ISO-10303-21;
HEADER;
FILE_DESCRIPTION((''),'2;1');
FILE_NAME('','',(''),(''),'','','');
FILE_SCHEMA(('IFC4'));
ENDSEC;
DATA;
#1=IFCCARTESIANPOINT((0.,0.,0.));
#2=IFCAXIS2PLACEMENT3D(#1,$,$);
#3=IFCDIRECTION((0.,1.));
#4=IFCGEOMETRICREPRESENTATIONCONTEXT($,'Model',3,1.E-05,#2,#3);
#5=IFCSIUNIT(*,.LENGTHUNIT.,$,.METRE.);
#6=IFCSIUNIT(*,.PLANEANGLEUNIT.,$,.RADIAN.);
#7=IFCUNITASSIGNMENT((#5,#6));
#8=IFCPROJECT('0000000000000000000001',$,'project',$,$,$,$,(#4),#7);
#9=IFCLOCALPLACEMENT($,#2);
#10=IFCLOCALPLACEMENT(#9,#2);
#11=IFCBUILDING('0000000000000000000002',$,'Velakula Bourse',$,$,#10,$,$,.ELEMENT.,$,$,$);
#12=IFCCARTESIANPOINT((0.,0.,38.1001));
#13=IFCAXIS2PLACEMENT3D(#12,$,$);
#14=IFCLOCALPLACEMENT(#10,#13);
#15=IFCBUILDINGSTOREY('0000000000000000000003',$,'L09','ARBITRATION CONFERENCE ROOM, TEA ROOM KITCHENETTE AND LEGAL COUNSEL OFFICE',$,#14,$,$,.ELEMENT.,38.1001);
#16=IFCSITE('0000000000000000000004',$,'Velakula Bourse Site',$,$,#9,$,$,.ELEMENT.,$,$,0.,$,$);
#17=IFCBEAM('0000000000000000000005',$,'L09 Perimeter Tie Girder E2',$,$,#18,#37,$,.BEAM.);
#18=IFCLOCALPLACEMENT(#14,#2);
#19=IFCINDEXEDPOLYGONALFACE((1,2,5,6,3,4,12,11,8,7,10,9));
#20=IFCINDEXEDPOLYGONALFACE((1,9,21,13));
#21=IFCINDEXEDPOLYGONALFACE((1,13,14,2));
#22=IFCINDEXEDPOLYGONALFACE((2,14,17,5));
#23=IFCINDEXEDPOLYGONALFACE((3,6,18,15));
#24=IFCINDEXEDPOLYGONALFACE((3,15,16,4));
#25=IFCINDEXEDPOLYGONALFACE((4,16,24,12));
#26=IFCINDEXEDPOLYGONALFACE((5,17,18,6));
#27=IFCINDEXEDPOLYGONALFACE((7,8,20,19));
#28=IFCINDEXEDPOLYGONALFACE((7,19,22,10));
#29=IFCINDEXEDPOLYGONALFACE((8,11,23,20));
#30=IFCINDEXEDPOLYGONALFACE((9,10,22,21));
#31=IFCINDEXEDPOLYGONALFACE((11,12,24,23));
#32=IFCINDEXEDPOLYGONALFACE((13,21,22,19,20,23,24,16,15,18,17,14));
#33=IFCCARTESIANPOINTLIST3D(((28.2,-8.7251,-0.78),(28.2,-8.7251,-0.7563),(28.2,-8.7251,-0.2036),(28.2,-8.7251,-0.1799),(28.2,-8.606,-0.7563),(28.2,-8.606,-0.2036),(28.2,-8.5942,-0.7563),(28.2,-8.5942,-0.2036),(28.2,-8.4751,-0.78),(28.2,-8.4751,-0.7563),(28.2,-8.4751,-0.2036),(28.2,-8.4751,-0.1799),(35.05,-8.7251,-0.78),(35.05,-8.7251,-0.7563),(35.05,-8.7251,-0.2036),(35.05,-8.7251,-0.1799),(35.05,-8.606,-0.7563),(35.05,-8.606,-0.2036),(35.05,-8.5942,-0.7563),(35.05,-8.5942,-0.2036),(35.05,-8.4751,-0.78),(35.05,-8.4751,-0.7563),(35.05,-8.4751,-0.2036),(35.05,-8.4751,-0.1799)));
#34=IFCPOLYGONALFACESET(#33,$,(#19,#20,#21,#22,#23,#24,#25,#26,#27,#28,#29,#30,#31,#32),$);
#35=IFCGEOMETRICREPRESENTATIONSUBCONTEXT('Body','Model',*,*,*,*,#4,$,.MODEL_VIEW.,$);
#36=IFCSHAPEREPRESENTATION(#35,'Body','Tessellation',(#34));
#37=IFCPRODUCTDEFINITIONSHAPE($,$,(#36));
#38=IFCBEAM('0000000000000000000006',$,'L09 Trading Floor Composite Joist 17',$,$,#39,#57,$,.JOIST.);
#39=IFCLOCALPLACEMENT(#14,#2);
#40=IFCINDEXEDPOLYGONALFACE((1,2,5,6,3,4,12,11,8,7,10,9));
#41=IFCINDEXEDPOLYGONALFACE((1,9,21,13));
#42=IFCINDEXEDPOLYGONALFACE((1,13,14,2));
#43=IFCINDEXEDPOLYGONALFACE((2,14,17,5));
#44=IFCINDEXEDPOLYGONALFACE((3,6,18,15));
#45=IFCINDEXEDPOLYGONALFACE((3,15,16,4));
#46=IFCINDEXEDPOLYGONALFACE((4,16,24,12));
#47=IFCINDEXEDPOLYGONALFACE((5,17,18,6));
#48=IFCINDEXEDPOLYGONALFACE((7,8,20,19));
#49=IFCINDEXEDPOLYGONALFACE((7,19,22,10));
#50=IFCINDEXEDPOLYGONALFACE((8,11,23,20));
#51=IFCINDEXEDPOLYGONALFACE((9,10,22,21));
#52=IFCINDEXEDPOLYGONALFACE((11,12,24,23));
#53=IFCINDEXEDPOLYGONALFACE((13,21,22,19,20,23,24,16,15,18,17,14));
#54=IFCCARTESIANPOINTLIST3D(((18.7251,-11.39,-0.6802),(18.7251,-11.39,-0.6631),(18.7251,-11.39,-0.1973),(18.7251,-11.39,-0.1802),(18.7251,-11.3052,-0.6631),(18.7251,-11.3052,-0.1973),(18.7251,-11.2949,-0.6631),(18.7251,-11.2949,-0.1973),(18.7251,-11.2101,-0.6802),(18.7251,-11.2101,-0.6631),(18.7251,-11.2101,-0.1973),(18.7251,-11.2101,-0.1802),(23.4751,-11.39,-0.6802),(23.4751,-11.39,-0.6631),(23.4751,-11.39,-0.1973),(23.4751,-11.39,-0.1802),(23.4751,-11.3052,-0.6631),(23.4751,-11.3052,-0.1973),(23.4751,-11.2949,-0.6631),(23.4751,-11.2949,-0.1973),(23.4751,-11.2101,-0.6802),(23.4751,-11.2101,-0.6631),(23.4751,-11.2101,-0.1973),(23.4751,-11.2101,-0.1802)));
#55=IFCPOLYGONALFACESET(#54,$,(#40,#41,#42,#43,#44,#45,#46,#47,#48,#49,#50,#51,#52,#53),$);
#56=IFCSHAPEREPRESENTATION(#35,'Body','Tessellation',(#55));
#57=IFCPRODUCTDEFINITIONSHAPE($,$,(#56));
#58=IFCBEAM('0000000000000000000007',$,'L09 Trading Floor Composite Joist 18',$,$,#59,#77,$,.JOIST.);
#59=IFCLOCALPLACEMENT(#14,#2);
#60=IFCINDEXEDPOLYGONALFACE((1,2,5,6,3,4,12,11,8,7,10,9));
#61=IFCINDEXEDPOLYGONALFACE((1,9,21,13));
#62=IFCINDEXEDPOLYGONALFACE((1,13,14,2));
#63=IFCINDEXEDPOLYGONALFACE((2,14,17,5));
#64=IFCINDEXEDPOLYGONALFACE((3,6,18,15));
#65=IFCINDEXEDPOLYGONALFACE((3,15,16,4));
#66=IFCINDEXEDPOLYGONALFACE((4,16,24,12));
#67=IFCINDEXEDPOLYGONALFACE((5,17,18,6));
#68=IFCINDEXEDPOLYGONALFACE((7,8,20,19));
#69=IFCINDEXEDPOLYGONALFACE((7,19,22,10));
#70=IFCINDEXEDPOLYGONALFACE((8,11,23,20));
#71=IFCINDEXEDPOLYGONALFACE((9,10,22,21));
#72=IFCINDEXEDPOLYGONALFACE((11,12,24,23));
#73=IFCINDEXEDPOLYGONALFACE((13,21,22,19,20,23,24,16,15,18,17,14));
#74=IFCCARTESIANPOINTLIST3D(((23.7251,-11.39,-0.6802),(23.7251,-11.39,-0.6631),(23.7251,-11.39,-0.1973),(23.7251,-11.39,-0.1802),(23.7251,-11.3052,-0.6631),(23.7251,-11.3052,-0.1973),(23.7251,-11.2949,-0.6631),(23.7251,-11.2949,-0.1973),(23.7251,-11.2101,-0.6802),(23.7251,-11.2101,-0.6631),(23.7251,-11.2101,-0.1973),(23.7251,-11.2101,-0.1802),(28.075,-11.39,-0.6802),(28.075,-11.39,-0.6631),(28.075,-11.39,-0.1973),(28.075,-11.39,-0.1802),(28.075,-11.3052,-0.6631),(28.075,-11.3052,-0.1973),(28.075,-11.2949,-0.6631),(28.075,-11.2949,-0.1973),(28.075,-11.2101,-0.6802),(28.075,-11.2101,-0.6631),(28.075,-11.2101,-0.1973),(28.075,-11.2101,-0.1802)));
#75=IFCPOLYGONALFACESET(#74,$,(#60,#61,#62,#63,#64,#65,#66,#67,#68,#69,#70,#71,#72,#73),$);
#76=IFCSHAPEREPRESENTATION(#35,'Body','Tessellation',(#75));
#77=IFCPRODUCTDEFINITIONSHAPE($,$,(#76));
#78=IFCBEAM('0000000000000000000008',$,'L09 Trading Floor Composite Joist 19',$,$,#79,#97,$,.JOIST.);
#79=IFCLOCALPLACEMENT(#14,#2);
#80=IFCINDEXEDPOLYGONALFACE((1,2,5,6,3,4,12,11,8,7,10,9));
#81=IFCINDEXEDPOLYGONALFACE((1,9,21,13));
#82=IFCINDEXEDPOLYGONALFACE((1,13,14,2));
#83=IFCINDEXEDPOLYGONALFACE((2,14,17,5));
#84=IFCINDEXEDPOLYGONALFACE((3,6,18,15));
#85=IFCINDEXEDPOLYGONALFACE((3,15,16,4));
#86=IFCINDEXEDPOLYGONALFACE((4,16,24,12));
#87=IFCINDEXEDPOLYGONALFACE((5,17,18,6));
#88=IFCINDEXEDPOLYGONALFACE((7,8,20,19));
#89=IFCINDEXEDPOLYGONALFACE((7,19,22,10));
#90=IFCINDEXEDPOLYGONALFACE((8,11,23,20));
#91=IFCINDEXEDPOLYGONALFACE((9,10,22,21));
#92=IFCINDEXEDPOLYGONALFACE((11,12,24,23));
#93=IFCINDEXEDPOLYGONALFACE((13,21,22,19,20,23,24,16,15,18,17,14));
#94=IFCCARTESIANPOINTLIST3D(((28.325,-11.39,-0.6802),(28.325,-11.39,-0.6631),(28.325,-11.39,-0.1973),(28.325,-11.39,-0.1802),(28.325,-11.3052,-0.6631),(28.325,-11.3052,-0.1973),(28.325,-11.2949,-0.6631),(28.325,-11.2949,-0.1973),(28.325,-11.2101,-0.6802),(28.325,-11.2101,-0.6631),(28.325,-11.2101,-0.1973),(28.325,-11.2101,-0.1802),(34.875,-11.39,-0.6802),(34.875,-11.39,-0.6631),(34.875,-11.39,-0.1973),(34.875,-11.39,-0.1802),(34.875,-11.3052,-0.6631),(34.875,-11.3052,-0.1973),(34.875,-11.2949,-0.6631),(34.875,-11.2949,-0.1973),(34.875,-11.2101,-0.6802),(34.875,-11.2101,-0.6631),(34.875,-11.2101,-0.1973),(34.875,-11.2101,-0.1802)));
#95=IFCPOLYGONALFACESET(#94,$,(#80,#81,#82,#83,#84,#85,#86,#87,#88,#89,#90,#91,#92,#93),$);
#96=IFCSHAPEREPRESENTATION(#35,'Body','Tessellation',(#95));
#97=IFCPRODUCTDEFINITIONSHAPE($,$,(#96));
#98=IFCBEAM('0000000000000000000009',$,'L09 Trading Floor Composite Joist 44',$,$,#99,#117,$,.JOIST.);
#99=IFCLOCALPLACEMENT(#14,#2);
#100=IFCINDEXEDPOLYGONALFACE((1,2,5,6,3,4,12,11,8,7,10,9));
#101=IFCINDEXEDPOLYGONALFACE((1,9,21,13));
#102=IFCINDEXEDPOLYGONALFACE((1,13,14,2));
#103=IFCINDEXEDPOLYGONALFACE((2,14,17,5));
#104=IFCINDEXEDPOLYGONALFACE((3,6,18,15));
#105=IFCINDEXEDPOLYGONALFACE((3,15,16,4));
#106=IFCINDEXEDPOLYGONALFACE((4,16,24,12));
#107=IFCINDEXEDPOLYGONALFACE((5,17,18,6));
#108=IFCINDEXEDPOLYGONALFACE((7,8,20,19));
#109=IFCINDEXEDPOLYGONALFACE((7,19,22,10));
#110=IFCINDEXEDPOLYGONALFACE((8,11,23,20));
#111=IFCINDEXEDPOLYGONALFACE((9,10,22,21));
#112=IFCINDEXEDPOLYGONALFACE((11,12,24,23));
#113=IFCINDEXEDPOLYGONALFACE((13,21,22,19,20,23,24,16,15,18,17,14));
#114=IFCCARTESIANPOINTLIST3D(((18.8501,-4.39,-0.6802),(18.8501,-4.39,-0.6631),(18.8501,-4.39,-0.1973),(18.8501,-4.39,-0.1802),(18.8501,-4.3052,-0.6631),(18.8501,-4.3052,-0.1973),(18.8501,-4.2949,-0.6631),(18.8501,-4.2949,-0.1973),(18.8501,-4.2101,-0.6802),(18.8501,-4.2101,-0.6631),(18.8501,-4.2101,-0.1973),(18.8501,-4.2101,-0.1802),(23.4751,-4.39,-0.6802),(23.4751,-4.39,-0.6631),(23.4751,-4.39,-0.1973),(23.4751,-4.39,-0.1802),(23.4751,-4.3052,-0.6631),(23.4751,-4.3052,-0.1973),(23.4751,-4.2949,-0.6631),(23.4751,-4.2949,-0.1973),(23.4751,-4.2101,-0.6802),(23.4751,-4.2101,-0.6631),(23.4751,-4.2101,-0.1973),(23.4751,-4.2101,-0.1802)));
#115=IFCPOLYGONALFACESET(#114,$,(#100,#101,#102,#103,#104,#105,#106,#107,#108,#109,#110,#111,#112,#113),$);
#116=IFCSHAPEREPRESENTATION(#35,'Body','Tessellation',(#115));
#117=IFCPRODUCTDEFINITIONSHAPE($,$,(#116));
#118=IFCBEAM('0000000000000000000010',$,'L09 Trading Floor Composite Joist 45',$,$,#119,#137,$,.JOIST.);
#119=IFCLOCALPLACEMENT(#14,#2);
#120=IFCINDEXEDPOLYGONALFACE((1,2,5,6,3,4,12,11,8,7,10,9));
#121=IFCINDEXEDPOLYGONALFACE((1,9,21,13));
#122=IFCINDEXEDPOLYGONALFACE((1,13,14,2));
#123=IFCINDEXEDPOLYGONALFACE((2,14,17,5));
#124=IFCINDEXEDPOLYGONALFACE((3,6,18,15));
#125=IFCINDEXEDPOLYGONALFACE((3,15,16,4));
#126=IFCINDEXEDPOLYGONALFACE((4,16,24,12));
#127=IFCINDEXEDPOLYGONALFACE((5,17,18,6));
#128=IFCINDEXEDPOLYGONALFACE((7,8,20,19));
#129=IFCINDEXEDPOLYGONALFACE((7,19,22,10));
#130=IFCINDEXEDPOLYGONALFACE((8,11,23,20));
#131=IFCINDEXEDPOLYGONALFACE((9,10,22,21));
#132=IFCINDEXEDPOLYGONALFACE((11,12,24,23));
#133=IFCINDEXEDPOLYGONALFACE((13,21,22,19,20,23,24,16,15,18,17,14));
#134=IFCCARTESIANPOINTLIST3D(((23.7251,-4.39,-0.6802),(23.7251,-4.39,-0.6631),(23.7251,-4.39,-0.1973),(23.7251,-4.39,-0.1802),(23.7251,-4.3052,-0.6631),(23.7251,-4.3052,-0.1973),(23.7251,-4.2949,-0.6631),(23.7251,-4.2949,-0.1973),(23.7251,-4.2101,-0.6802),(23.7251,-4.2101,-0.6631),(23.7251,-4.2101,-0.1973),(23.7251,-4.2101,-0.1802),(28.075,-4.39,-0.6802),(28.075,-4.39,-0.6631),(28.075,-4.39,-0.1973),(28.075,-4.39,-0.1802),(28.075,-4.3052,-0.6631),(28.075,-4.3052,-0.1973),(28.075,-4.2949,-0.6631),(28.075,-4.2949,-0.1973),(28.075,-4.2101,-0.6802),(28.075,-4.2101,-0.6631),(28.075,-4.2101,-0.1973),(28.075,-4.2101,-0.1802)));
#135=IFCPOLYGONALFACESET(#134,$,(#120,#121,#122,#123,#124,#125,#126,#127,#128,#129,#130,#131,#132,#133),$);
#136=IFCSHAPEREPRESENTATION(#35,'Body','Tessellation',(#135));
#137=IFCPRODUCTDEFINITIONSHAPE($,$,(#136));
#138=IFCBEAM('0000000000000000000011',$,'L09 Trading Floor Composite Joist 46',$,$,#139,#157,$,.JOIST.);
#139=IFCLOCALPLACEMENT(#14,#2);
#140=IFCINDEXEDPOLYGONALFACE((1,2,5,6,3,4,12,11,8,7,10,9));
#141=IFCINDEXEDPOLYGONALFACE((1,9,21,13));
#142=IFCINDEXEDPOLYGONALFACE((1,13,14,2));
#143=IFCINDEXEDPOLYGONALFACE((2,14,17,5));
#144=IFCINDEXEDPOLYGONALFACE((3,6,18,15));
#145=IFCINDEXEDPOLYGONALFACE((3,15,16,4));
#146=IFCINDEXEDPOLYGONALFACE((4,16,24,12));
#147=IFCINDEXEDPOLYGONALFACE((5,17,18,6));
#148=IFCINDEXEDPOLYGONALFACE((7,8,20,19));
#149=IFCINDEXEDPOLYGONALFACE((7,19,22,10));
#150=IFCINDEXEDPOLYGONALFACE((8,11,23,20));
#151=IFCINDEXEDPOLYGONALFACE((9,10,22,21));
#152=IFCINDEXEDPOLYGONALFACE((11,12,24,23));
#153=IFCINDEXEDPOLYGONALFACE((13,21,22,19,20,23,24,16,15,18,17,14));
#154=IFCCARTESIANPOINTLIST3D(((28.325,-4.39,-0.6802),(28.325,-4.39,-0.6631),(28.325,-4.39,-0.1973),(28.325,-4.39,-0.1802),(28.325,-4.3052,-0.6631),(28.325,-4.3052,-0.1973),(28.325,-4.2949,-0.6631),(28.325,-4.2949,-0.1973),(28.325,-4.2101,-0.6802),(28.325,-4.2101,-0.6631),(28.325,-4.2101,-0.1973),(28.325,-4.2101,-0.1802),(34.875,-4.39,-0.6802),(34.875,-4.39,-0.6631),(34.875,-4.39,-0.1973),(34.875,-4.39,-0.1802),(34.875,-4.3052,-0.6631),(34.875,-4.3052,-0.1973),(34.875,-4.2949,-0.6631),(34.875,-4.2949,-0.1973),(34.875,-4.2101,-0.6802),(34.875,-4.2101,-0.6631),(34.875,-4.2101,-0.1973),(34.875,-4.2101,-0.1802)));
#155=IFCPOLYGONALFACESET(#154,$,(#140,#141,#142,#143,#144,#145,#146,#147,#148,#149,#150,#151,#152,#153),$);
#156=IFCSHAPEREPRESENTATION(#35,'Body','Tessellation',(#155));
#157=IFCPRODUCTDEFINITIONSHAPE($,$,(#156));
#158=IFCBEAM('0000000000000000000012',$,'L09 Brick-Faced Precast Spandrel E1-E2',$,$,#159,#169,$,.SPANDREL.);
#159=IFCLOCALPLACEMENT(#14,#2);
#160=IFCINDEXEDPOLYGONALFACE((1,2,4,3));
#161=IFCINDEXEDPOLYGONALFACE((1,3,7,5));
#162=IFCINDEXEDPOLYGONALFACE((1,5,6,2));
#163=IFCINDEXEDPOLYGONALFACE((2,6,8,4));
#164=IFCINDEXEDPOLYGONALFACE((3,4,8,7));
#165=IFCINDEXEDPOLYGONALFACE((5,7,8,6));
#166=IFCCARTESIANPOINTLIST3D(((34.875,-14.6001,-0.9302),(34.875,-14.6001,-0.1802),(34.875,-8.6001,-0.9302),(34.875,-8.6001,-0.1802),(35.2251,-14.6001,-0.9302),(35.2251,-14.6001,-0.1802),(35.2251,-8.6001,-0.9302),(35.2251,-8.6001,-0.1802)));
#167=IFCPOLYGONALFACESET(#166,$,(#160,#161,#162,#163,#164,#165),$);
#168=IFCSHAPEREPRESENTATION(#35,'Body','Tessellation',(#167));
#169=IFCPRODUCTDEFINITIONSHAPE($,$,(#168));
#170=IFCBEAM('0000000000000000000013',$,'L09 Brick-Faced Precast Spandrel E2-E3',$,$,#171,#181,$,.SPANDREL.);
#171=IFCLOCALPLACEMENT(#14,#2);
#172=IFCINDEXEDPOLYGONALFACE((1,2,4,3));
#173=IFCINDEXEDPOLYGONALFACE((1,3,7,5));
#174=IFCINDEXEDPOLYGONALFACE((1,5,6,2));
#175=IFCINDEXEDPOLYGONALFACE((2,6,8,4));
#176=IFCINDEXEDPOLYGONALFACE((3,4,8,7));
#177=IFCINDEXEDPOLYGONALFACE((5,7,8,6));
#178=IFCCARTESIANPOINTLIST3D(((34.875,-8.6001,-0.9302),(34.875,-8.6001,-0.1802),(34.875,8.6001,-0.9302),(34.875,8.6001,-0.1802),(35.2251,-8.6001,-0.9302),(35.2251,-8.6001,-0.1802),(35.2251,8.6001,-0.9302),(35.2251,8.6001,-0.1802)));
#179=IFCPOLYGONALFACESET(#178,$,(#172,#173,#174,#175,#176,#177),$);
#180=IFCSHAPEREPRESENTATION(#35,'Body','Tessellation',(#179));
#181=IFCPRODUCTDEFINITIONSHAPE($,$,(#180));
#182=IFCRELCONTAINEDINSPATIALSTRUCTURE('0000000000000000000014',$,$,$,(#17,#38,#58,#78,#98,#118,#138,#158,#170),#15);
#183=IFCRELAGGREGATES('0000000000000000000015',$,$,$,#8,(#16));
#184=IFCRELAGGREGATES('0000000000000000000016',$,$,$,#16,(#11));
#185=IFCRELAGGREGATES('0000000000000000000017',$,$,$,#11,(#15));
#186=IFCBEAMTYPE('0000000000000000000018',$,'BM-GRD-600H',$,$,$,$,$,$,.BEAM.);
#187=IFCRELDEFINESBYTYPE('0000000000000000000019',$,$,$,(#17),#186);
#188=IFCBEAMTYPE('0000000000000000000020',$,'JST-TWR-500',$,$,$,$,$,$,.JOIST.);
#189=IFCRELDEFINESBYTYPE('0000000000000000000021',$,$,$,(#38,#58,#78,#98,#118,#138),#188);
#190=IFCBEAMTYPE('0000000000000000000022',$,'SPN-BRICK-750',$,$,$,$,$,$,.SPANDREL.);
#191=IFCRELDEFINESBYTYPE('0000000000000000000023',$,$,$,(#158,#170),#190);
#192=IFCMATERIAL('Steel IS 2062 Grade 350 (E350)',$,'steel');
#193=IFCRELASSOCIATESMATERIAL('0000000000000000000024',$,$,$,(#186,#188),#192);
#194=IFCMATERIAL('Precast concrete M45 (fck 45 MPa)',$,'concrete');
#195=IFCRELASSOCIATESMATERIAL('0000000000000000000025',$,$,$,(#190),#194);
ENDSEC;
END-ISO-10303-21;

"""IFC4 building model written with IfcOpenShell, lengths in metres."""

from ifc_helpers import new_model, si_unit, direction, frame, origin, origin_2d, place, context, subcontext, project, spatial, rectangle, i_section, extrude, material, material_profile, profile_set, type_object, element, save


model = new_model("IFC4")

# Units and contexts
model_context = context("Model", 3, precision=1e-05, world=origin(), true_north=direction((0.0, 1.0)))
body_context = subcontext(model_context, "Body", "Model", "MODEL_VIEW")
ifc_project = project(units=[si_unit("LENGTHUNIT", "METRE"), si_unit("PLANEANGLEUNIT", "RADIAN")], contexts=[model_context])

# Site, building, storey
site_placement = place(None, origin())
site = spatial("IfcSite", under=ifc_project, at=site_placement, Name="Velakula Bourse Site", CompositionType="ELEMENT", RefElevation=0.0)
building_placement = place(site_placement, origin())
building = spatial("IfcBuilding", under=site, at=building_placement, Name="Velakula Bourse", CompositionType="ELEMENT")
storey_placement = place(building_placement, frame((0.0, 0.0, 38.1001)))
storey = spatial("IfcBuildingStorey", under=building, at=storey_placement, Name="L09", Description="ARBITRATION CONFERENCE ROOM, TEA ROOM KITCHENETTE AND LEGAL COUNSEL OFFICE", CompositionType="ELEMENT", Elevation=38.1001)

# Beams
ifc_material_1 = material(Name="Steel IS 2062 Grade 350 (E350)", Category="steel")
ifc_material_profile_1 = material_profile(ifc_material_1, i_section(OverallWidth=0.25, OverallDepth=0.6001, WebThickness=0.0117, FlangeThickness=0.0237, at=origin_2d()), Name="Steel IS 2062 Grade 350 (E350)")
ifc_profile_set_1 = profile_set([ifc_material_profile_1], Name="Steel IS 2062 Grade 350 (E350)")
beam_type_1 = type_object("IfcBeamType", Name="BM-GRD-600H", PredefinedType="BEAM", material=ifc_profile_set_1)
beam_1_placement = place(storey_placement, frame((28.2, -8.6001, -0.48), z_axis=(1.0, 0.0, 0.0), x_axis=(0.0, 1.0, 0.0)))
element("IfcBeam", 1, at=beam_1_placement, inside=storey, type_object=beam_type_1, Name="L09 Perimeter Tie Girder E2", PredefinedType="BEAM", context=body_context, shape_type="SweptSolid", body=[
    extrude(i_section(OverallWidth=0.25, OverallDepth=0.6001, WebThickness=0.0117, FlangeThickness=0.0237, at=origin_2d()), origin(), (0.0, 0.0, 1.0), 6.8501),
])
ifc_material_profile_2 = material_profile(ifc_material_1, i_section(OverallWidth=0.1799, OverallDepth=0.5, WebThickness=0.0103, FlangeThickness=0.0171, at=origin_2d()), Name="Steel IS 2062 Grade 350 (E350)")
ifc_profile_set_2 = profile_set([ifc_material_profile_2], Name="Steel IS 2062 Grade 350 (E350)")
beam_type_2 = type_object("IfcBeamType", Name="JST-TWR-500", PredefinedType="JOIST", material=ifc_profile_set_2)
beam_2_placement = place(storey_placement, frame((18.7251, -11.3, -0.4302), z_axis=(1.0, 0.0, 0.0), x_axis=(0.0, 1.0, 0.0)))
element("IfcBeam", 2, at=beam_2_placement, inside=storey, type_object=beam_type_2, Name="L09 Trading Floor Composite Joist 17", PredefinedType="JOIST", context=body_context, shape_type="SweptSolid", body=[
    extrude(i_section(OverallWidth=0.1799, OverallDepth=0.5, WebThickness=0.0103, FlangeThickness=0.0171, at=origin_2d()), origin(), (0.0, 0.0, 1.0), 4.75),
])
beam_3_placement = place(storey_placement, frame((23.7251, -11.3, -0.4302), z_axis=(1.0, 0.0, 0.0), x_axis=(0.0, 1.0, 0.0)))
element("IfcBeam", 3, at=beam_3_placement, inside=storey, type_object=beam_type_2, Name="L09 Trading Floor Composite Joist 18", PredefinedType="JOIST", context=body_context, shape_type="SweptSolid", body=[
    extrude(i_section(OverallWidth=0.1799, OverallDepth=0.5, WebThickness=0.0103, FlangeThickness=0.0171, at=origin_2d()), origin(), (0.0, 0.0, 1.0), 4.3499),
])
beam_4_placement = place(storey_placement, frame((28.325, -11.3, -0.4302), z_axis=(1.0, 0.0, 0.0), x_axis=(0.0, 1.0, 0.0)))
element("IfcBeam", 4, at=beam_4_placement, inside=storey, type_object=beam_type_2, Name="L09 Trading Floor Composite Joist 19", PredefinedType="JOIST", context=body_context, shape_type="SweptSolid", body=[
    extrude(i_section(OverallWidth=0.1799, OverallDepth=0.5, WebThickness=0.0103, FlangeThickness=0.0171, at=origin_2d()), origin(), (0.0, 0.0, 1.0), 6.55),
])
beam_5_placement = place(storey_placement, frame((18.8501, -4.3, -0.4302), z_axis=(1.0, 0.0, 0.0), x_axis=(0.0, 1.0, 0.0)))
element("IfcBeam", 5, at=beam_5_placement, inside=storey, type_object=beam_type_2, Name="L09 Trading Floor Composite Joist 44", PredefinedType="JOIST", context=body_context, shape_type="SweptSolid", body=[
    extrude(i_section(OverallWidth=0.1799, OverallDepth=0.5, WebThickness=0.0103, FlangeThickness=0.0171, at=origin_2d()), origin(), (0.0, 0.0, 1.0), 4.625),
])
beam_6_placement = place(storey_placement, frame((23.7251, -4.3, -0.4302), z_axis=(1.0, 0.0, 0.0), x_axis=(0.0, 1.0, 0.0)))
element("IfcBeam", 6, at=beam_6_placement, inside=storey, type_object=beam_type_2, Name="L09 Trading Floor Composite Joist 45", PredefinedType="JOIST", context=body_context, shape_type="SweptSolid", body=[
    extrude(i_section(OverallWidth=0.1799, OverallDepth=0.5, WebThickness=0.0103, FlangeThickness=0.0171, at=origin_2d()), origin(), (0.0, 0.0, 1.0), 4.3499),
])
beam_7_placement = place(storey_placement, frame((28.325, -4.3, -0.4302), z_axis=(1.0, 0.0, 0.0), x_axis=(0.0, 1.0, 0.0)))
element("IfcBeam", 7, at=beam_7_placement, inside=storey, type_object=beam_type_2, Name="L09 Trading Floor Composite Joist 46", PredefinedType="JOIST", context=body_context, shape_type="SweptSolid", body=[
    extrude(i_section(OverallWidth=0.1799, OverallDepth=0.5, WebThickness=0.0103, FlangeThickness=0.0171, at=origin_2d()), origin(), (0.0, 0.0, 1.0), 6.55),
])
ifc_material_2 = material(Name="Precast concrete M45 (fck 45 MPa)", Category="concrete")
ifc_material_profile_3 = material_profile(ifc_material_2, rectangle(XDim=0.3501, YDim=0.75, at=origin_2d()), Name="Precast concrete M45 (fck 45 MPa)")
ifc_profile_set_3 = profile_set([ifc_material_profile_3], Name="Precast concrete M45 (fck 45 MPa)")
beam_type_3 = type_object("IfcBeamType", Name="SPN-BRICK-750", PredefinedType="SPANDREL", material=ifc_profile_set_3)
beam_8_placement = place(storey_placement, frame((35.05, -14.6001, -0.5552), z_axis=(0.0, 1.0, 0.0), x_axis=(-1.0, 0.0, 0.0)))
element("IfcBeam", 8, at=beam_8_placement, inside=storey, type_object=beam_type_3, Name="L09 Brick-Faced Precast Spandrel E1-E2", PredefinedType="SPANDREL", context=body_context, shape_type="SweptSolid", body=[
    extrude(rectangle(XDim=0.3501, YDim=0.75, at=origin_2d()), origin(), (0.0, 0.0, 1.0), 6.0),
])
beam_9_placement = place(storey_placement, frame((35.05, -8.6001, -0.5552), z_axis=(0.0, 1.0, 0.0), x_axis=(-1.0, 0.0, 0.0)))
element("IfcBeam", 9, at=beam_9_placement, inside=storey, type_object=beam_type_3, Name="L09 Brick-Faced Precast Spandrel E2-E3", PredefinedType="SPANDREL", context=body_context, shape_type="SweptSolid", body=[
    extrude(rectangle(XDim=0.3501, YDim=0.75, at=origin_2d()), origin(), (0.0, 0.0, 1.0), 17.2002),
])

save(model, "model.ifc")
